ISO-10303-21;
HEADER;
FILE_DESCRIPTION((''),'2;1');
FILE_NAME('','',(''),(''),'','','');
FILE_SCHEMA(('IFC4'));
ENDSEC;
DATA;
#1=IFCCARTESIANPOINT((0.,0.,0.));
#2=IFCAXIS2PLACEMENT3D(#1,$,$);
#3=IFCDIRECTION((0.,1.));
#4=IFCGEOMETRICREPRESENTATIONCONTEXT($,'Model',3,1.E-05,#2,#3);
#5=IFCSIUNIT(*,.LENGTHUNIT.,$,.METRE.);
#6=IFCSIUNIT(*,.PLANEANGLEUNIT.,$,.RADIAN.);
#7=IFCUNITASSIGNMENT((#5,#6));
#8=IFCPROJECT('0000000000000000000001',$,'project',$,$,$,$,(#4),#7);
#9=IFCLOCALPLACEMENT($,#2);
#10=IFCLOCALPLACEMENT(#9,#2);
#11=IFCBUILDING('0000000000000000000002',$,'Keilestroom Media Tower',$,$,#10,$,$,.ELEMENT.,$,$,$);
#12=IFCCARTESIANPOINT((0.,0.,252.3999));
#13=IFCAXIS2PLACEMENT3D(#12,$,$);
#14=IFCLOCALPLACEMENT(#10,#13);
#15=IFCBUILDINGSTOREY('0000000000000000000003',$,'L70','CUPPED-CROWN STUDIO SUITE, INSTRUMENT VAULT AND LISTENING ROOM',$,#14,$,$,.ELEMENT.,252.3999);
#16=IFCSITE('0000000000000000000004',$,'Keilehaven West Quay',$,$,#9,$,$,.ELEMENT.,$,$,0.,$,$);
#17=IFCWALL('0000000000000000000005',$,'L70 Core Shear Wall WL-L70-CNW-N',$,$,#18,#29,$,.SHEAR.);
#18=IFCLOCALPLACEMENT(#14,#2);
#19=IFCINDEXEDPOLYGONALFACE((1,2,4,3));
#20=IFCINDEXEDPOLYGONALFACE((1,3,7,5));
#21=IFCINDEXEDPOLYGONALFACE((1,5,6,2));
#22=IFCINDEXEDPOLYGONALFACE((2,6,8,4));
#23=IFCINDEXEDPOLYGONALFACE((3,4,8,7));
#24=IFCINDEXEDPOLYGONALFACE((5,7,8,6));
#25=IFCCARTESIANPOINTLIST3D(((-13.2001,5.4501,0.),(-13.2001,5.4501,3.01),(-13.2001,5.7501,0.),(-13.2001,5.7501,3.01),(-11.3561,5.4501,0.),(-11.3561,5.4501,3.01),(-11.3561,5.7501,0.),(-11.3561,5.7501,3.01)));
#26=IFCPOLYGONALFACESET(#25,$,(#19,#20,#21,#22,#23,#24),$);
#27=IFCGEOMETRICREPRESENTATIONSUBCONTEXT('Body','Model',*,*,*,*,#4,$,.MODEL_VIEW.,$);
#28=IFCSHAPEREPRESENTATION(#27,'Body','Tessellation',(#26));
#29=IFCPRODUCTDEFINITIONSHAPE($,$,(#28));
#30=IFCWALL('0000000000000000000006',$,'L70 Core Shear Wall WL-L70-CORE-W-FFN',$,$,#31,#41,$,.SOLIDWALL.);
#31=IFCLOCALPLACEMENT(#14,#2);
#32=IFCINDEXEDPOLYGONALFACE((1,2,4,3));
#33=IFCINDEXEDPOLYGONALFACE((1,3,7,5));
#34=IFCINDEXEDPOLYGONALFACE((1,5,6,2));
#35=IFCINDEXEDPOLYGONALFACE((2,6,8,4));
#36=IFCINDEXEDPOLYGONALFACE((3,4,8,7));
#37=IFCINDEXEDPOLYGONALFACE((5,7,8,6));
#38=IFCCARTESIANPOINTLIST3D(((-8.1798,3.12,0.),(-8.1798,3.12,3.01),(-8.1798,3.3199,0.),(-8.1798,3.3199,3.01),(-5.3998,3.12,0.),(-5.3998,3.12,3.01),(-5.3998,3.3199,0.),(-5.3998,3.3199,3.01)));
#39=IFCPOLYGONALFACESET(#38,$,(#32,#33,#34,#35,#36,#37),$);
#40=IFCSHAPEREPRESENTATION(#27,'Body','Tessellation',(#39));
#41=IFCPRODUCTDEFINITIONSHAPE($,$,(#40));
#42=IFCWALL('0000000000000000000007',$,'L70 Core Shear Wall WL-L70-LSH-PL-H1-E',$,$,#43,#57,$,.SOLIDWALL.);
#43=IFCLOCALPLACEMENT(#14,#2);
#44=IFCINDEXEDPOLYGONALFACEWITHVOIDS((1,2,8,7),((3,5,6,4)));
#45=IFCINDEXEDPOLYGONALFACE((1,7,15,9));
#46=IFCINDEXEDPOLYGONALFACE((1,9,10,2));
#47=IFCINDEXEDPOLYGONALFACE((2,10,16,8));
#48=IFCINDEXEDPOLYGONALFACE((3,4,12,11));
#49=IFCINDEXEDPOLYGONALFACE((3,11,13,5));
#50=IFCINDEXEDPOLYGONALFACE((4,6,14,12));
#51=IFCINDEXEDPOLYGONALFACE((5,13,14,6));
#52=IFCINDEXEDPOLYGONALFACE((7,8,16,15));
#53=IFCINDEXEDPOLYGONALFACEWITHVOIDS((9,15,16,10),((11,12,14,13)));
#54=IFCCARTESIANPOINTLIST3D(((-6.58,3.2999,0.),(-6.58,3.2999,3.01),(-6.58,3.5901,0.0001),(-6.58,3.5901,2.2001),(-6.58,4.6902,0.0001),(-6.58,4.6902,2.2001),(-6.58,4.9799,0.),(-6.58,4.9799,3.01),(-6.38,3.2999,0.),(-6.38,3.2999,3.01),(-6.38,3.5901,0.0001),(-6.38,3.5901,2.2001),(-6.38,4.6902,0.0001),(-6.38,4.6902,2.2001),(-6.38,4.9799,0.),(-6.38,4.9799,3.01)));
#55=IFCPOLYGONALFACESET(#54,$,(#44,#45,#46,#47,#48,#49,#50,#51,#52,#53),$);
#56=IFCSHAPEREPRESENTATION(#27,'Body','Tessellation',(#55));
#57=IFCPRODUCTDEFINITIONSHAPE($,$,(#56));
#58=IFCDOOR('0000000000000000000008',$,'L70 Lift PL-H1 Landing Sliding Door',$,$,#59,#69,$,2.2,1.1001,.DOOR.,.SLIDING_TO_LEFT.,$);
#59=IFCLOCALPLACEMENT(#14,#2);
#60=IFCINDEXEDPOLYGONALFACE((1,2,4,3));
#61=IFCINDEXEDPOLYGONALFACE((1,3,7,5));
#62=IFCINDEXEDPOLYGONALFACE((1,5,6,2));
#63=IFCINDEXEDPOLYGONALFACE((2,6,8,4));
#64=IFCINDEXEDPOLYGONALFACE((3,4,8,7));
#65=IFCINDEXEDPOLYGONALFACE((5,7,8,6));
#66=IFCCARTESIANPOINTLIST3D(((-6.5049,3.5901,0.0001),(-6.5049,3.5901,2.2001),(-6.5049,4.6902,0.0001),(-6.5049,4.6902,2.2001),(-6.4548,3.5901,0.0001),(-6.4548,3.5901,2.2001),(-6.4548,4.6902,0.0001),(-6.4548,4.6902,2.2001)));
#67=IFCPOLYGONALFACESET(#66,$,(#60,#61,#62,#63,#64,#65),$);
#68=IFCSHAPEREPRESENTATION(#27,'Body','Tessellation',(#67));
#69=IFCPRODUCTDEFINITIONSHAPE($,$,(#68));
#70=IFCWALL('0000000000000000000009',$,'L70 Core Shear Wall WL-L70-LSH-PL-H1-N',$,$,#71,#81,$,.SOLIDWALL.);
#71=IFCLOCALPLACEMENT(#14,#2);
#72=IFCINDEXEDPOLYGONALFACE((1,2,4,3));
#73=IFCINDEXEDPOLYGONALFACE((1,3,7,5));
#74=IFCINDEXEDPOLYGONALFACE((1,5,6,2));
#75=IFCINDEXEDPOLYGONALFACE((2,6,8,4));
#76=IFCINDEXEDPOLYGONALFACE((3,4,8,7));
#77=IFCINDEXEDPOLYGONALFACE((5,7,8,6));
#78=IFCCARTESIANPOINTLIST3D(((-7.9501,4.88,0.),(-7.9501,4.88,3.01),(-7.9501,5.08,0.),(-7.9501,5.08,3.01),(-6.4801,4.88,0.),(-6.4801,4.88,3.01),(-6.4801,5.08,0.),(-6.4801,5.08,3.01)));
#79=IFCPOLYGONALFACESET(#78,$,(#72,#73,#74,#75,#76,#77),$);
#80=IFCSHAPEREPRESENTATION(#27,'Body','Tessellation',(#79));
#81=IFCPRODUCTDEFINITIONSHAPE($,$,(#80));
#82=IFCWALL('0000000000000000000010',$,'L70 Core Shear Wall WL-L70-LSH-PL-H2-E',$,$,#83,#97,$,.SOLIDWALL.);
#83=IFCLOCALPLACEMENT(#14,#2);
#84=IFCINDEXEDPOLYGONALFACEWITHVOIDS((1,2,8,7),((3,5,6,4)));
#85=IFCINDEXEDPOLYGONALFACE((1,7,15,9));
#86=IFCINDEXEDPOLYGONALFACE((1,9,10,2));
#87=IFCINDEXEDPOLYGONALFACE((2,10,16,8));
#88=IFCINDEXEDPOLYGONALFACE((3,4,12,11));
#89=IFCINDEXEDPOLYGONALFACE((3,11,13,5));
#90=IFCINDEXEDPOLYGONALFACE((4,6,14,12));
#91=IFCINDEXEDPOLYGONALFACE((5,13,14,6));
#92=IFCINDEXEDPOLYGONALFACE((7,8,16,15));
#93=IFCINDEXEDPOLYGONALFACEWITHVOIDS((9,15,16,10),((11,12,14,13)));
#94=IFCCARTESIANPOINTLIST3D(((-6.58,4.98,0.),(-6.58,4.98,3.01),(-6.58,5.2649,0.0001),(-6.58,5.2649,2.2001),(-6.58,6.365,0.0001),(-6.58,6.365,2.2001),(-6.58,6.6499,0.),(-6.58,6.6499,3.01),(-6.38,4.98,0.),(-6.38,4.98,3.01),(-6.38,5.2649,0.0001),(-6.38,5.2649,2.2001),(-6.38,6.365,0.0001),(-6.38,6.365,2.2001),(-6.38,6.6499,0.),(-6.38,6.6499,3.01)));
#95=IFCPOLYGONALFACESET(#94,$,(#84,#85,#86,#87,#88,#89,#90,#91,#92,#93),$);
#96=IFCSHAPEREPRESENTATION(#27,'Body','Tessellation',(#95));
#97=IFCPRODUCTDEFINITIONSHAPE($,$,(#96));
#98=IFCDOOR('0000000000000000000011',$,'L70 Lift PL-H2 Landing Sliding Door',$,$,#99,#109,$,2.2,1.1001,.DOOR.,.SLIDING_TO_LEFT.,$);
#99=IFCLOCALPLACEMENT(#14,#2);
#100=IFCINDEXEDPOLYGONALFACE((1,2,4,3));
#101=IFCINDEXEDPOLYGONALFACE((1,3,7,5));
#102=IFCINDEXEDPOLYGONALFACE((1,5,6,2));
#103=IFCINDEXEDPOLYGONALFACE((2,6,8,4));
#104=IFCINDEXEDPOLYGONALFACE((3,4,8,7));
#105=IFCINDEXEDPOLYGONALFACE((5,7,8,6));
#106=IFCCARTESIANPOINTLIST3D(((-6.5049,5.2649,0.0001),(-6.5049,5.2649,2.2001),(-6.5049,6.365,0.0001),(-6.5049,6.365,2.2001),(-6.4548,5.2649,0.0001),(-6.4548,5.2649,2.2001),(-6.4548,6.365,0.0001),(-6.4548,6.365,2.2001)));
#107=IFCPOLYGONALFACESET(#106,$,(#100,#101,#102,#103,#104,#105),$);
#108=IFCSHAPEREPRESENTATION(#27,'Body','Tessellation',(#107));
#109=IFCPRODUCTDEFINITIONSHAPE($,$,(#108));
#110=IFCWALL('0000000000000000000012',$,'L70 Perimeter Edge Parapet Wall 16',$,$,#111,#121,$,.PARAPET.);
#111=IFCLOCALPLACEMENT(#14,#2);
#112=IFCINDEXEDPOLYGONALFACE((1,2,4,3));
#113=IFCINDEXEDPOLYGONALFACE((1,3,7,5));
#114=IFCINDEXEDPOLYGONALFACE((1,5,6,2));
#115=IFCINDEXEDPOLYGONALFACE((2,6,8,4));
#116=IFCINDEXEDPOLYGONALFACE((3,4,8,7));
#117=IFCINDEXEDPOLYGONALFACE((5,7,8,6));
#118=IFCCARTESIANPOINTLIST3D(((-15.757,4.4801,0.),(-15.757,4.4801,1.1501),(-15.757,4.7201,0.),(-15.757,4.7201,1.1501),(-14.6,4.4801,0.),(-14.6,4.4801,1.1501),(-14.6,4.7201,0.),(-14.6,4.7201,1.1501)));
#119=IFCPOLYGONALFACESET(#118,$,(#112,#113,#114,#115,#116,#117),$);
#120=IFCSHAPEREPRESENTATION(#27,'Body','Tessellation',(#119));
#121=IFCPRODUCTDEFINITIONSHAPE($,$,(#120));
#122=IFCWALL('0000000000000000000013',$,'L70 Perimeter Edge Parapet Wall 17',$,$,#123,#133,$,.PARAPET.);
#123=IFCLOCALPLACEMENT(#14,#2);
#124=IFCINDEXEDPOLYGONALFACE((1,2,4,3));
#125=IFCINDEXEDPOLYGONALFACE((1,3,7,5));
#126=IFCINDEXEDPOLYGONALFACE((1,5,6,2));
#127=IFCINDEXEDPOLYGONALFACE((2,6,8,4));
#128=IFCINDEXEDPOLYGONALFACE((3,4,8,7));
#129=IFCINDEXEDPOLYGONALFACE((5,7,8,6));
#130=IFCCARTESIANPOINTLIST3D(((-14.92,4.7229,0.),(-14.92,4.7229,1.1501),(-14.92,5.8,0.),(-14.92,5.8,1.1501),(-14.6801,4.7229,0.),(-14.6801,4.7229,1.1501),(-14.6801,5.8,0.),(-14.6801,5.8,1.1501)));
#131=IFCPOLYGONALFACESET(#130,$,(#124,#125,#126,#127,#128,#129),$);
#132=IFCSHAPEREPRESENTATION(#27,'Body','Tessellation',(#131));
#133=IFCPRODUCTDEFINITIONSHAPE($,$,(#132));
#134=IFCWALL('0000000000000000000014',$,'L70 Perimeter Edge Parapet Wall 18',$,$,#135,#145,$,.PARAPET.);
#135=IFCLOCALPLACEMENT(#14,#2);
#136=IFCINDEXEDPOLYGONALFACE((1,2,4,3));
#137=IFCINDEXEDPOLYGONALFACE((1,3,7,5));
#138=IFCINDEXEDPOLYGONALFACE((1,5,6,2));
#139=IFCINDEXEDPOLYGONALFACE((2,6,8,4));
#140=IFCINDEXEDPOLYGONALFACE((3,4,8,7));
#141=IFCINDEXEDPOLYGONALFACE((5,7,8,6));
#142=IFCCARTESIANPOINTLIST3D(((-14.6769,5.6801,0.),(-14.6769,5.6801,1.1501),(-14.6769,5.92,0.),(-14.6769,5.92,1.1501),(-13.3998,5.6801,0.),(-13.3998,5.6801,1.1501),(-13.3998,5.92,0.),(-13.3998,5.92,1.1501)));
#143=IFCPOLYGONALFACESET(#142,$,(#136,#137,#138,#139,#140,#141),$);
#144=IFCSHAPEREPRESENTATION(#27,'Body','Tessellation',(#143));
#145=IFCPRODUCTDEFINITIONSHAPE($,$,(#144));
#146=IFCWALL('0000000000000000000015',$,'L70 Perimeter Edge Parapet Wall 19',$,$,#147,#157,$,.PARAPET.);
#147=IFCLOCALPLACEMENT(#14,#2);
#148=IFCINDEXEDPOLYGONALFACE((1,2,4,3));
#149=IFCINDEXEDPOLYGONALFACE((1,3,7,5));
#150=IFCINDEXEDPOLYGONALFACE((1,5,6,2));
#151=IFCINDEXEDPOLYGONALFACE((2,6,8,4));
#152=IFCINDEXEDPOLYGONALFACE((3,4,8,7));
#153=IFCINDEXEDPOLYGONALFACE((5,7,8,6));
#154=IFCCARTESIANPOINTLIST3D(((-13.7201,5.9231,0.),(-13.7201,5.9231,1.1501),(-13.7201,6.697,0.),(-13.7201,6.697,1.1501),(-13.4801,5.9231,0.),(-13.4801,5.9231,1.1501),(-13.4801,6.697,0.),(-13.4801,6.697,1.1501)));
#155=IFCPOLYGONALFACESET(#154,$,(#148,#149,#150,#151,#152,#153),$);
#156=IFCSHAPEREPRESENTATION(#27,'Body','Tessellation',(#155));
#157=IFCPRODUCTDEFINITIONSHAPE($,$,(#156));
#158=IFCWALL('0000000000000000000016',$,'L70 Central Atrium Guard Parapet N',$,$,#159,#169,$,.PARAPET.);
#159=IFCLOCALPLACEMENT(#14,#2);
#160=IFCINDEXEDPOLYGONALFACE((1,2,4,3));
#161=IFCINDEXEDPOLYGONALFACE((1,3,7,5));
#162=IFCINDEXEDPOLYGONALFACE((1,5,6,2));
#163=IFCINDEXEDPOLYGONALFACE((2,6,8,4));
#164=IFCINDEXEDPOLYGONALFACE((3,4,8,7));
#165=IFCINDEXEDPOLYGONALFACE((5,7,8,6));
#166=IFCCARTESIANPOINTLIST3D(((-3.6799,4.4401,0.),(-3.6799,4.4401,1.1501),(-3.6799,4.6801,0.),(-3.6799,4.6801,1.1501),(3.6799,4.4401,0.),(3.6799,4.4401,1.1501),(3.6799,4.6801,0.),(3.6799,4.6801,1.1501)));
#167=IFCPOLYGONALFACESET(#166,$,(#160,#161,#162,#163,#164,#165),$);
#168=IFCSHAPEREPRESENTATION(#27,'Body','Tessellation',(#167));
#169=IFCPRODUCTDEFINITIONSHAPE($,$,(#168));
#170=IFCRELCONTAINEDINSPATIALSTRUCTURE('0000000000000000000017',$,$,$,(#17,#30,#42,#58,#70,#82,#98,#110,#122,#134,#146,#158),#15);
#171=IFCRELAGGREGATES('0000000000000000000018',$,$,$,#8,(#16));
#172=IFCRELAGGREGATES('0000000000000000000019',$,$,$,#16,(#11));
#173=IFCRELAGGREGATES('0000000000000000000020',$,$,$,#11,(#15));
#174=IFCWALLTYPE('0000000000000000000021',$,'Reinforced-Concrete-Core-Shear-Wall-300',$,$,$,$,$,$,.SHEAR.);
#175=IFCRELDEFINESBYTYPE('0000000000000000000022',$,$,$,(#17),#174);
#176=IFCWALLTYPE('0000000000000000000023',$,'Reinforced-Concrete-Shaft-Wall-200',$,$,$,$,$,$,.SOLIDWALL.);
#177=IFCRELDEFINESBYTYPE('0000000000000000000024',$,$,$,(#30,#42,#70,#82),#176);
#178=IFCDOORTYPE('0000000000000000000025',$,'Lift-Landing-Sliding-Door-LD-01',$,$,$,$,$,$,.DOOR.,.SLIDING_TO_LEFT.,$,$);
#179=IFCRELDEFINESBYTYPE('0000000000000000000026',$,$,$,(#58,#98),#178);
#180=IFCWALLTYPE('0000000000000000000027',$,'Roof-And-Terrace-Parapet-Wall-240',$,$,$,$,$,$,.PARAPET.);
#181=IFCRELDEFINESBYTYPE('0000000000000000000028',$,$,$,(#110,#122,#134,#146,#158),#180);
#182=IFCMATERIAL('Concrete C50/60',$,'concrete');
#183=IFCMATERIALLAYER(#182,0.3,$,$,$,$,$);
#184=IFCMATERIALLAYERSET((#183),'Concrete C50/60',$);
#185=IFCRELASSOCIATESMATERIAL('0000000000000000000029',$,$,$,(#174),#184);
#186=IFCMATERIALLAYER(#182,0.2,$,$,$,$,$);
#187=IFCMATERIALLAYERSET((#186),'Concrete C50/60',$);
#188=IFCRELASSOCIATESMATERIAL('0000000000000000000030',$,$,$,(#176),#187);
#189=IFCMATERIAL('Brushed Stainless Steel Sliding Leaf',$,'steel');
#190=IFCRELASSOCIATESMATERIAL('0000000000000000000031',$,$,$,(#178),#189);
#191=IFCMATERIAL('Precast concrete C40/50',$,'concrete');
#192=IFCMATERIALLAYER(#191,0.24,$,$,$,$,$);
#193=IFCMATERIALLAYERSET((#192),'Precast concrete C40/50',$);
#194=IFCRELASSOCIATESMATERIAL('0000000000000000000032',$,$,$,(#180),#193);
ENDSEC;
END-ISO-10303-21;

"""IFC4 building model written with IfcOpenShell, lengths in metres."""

from ifc_helpers import new_model, si_unit, direction, frame, frame_2d, origin, place, context, subcontext, project, spatial, rectangle, extrude, source, transform, mapped, material, layer, layer_set, type_object, element, fill, save


model = new_model("IFC4")

# Units and contexts
model_context = context("Model", 3, precision=1e-05, world=origin(), true_north=direction((0.0, 1.0)))
body_context = subcontext(model_context, "Body", "Model", "MODEL_VIEW")
ifc_project = project(units=[si_unit("LENGTHUNIT", "METRE"), si_unit("PLANEANGLEUNIT", "RADIAN")], contexts=[model_context])

# Site, building, storey
site_placement = place(None, origin())
site = spatial("IfcSite", under=ifc_project, at=site_placement, Name="Keilehaven West Quay", CompositionType="ELEMENT", RefElevation=0.0)
building_placement = place(site_placement, origin())
building = spatial("IfcBuilding", under=site, at=building_placement, Name="Keilestroom Media Tower", CompositionType="ELEMENT")
storey_placement = place(building_placement, frame((0.0, 0.0, 252.3999)))
storey = spatial("IfcBuildingStorey", under=building, at=storey_placement, Name="L70", Description="CUPPED-CROWN STUDIO SUITE, INSTRUMENT VAULT AND LISTENING ROOM", CompositionType="ELEMENT", Elevation=252.3999)

# Shared definitions
ifc_material_1 = material(Name="Precast concrete C40/50", Category="concrete")

# Walls
ifc_material_2 = material(Name="Concrete C50/60", Category="concrete")
ifc_layer_1 = layer(ifc_material_2, 0.3)
ifc_layer_set_1 = layer_set([ifc_layer_1], Name="Concrete C50/60")
wall_type_1 = type_object("IfcWallType", Name="Reinforced-Concrete-Core-Shear-Wall-300", PredefinedType="SHEAR", material=ifc_layer_set_1)
wall_1_placement = place(storey_placement, frame((-13.2, 5.6001, 0.0), z_axis=(0.0, 0.0, 1.0), x_axis=(1.0, 0.0, 0.0)))
element("IfcWall", 1, at=wall_1_placement, inside=storey, type_object=wall_type_1, Name="L70 Core Shear Wall WL-L70-CNW-N", PredefinedType="SHEAR", context=body_context, shape_type="SweptSolid", body=[
    extrude(rectangle(XDim=1.844, YDim=0.3, at=frame_2d((0.9219, 0.0))), origin(), (0.0, 0.0, 1.0), 3.01),
])
ifc_layer_2 = layer(ifc_material_2, 0.2)
ifc_layer_set_2 = layer_set([ifc_layer_2], Name="Concrete C50/60")
wall_type_2 = type_object("IfcWallType", Name="Reinforced-Concrete-Shaft-Wall-200", PredefinedType="SOLIDWALL", material=ifc_layer_set_2)
wall_2_placement = place(storey_placement, frame((-8.1799, 3.22, 0.0), z_axis=(0.0, 0.0, 1.0), x_axis=(1.0, 0.0, 0.0)))
element("IfcWall", 2, at=wall_2_placement, inside=storey, type_object=wall_type_2, Name="L70 Core Shear Wall WL-L70-CORE-W-FFN", PredefinedType="SOLIDWALL", context=body_context, shape_type="SweptSolid", body=[
    extrude(rectangle(XDim=2.78, YDim=0.2, at=frame_2d((1.3901, 0.0))), origin(), (0.0, 0.0, 1.0), 3.01),
])

# Wall, opening, door
wall_3_placement = place(storey_placement, frame((-6.48, 3.3, 0.0), z_axis=(0.0, 0.0, 1.0), x_axis=(0.0, 1.0, 0.0)))
wall_3 = element("IfcWall", 3, at=wall_3_placement, inside=storey, type_object=wall_type_2, Name="L70 Core Shear Wall WL-L70-LSH-PL-H1-E", PredefinedType="SOLIDWALL", context=body_context, shape_type="SweptSolid", body=[
    extrude(rectangle(XDim=1.6799, YDim=0.2, at=frame_2d((0.8398, 0.0))), origin(), (0.0, 0.0, 1.0), 3.01),
])
opening_1_placement = place(wall_3_placement, frame((0.29, 0.0, 0.0)))
opening_1 = element("IfcOpeningElement", 4, at=opening_1_placement, cuts=wall_3, PredefinedType="OPENING", context=body_context, shape_type="SweptSolid", body=[
    extrude(rectangle(XDim=1.1001, YDim=2.2, at=frame_2d((0.55, 1.1001))), frame((0.0, 0.1099, 0.0), z_axis=(0.0, -1.0, 0.0), x_axis=(1.0, 0.0, 0.0)), (0.0, 0.0, 1.0), 0.22),
])
ifc_material_3 = material(Name="Brushed Stainless Steel Sliding Leaf", Category="steel")
door_type = type_object("IfcDoorType", Name="Lift-Landing-Sliding-Door-LD-01", OperationType="SLIDING_TO_LEFT", PredefinedType="DOOR", material=ifc_material_3)
shared_shape_1 = source(origin(), body_context, "Body", "SweptSolid", [
    extrude(rectangle(XDim=1.1001, YDim=2.2, at=frame_2d((0.55, 1.1001))), frame((0.0, 0.0249, 0.0), z_axis=(0.0, -1.0, 0.0), x_axis=(1.0, 0.0, 0.0)), (0.0, 0.0, 1.0), 0.05),
])
door_1_placement = place(opening_1_placement, origin())
door_1 = element("IfcDoor", 5, at=door_1_placement, inside=storey, type_object=door_type, Name="L70 Lift PL-H1 Landing Sliding Door", OperationType="SLIDING_TO_LEFT", OverallHeight=2.2, OverallWidth=1.1001, PredefinedType="DOOR", context=body_context, shape_type="MappedRepresentation", body=[
    mapped(shared_shape_1, transform((0.0, 0.0, 0.0), x_axis=(1.0, 0.0, 0.0), y_axis=(0.0, 1.0, 0.0), z_axis=(0.0, 0.0, 1.0), scale=1.0)),
])
fill(opening_1, door_1)

# Wall
wall_4_placement = place(storey_placement, frame((-7.95, 4.98, 0.0), z_axis=(0.0, 0.0, 1.0), x_axis=(1.0, 0.0, 0.0)))
element("IfcWall", 6, at=wall_4_placement, inside=storey, type_object=wall_type_2, Name="L70 Core Shear Wall WL-L70-LSH-PL-H1-N", PredefinedType="SOLIDWALL", context=body_context, shape_type="SweptSolid", body=[
    extrude(rectangle(XDim=1.47, YDim=0.2, at=frame_2d((0.7349, 0.0))), origin(), (0.0, 0.0, 1.0), 3.01),
])

# Wall, opening, door
wall_5_placement = place(storey_placement, frame((-6.48, 4.98, 0.0), z_axis=(0.0, 0.0, 1.0), x_axis=(0.0, 1.0, 0.0)))
wall_5 = element("IfcWall", 7, at=wall_5_placement, inside=storey, type_object=wall_type_2, Name="L70 Core Shear Wall WL-L70-LSH-PL-H2-E", PredefinedType="SOLIDWALL", context=body_context, shape_type="SweptSolid", body=[
    extrude(rectangle(XDim=1.6699, YDim=0.2, at=frame_2d((0.835, 0.0))), origin(), (0.0, 0.0, 1.0), 3.01),
])
opening_2_placement = place(wall_5_placement, frame((0.2849, 0.0, 0.0)))
opening_2 = element("IfcOpeningElement", 8, at=opening_2_placement, cuts=wall_5, PredefinedType="OPENING", context=body_context, shape_type="SweptSolid", body=[
    extrude(rectangle(XDim=1.1001, YDim=2.2, at=frame_2d((0.55, 1.1001))), frame((0.0, 0.1099, 0.0), z_axis=(0.0, -1.0, 0.0), x_axis=(1.0, 0.0, 0.0)), (0.0, 0.0, 1.0), 0.22),
])
door_2_placement = place(opening_2_placement, origin())
door_2 = element("IfcDoor", 9, at=door_2_placement, inside=storey, type_object=door_type, Name="L70 Lift PL-H2 Landing Sliding Door", OperationType="SLIDING_TO_LEFT", OverallHeight=2.2, OverallWidth=1.1001, PredefinedType="DOOR", context=body_context, shape_type="MappedRepresentation", body=[
    mapped(shared_shape_1, transform((0.0, 0.0, 0.0), x_axis=(1.0, 0.0, 0.0), y_axis=(0.0, 1.0, 0.0), z_axis=(0.0, 0.0, 1.0), scale=1.0)),
])
fill(opening_2, door_2)

# Walls
ifc_layer_3 = layer(ifc_material_1, 0.24)
ifc_layer_set_3 = layer_set([ifc_layer_3], Name="Precast concrete C40/50")
wall_type_3 = type_object("IfcWallType", Name="Roof-And-Terrace-Parapet-Wall-240", PredefinedType="PARAPET", material=ifc_layer_set_3)
wall_6_placement = place(storey_placement, frame((-15.7571, 4.6001, 0.0), z_axis=(0.0, 0.0, 1.0), x_axis=(1.0, 0.0, 0.0)))
element("IfcWall", 10, at=wall_6_placement, inside=storey, type_object=wall_type_3, Name="L70 Perimeter Edge Parapet Wall 16", PredefinedType="PARAPET", context=body_context, shape_type="SweptSolid", body=[
    extrude(rectangle(XDim=1.157, YDim=0.24, at=frame_2d((0.5786, 0.0))), origin(), (0.0, 0.0, 1.0), 1.1501),
])
wall_7_placement = place(storey_placement, frame((-14.8, 4.7229, 0.0), z_axis=(0.0, 0.0, 1.0), x_axis=(0.0, 1.0, 0.0)))
element("IfcWall", 11, at=wall_7_placement, inside=storey, type_object=wall_type_3, Name="L70 Perimeter Edge Parapet Wall 17", PredefinedType="PARAPET", context=body_context, shape_type="SweptSolid", body=[
    extrude(rectangle(XDim=1.0771, YDim=0.24, at=frame_2d((0.5386, 0.0))), origin(), (0.0, 0.0, 1.0), 1.1501),
])
wall_8_placement = place(storey_placement, frame((-14.677, 5.8, 0.0), z_axis=(0.0, 0.0, 1.0), x_axis=(1.0, 0.0, 0.0)))
element("IfcWall", 12, at=wall_8_placement, inside=storey, type_object=wall_type_3, Name="L70 Perimeter Edge Parapet Wall 18", PredefinedType="PARAPET", context=body_context, shape_type="SweptSolid", body=[
    extrude(rectangle(XDim=1.2771, YDim=0.24, at=frame_2d((0.6387, 0.0))), origin(), (0.0, 0.0, 1.0), 1.1501),
])
wall_9_placement = place(storey_placement, frame((-13.6001, 5.9231, 0.0), z_axis=(0.0, 0.0, 1.0), x_axis=(0.0, 1.0, 0.0)))
element("IfcWall", 13, at=wall_9_placement, inside=storey, type_object=wall_type_3, Name="L70 Perimeter Edge Parapet Wall 19", PredefinedType="PARAPET", context=body_context, shape_type="SweptSolid", body=[
    extrude(rectangle(XDim=0.7739, YDim=0.24, at=frame_2d((0.387, 0.0))), origin(), (0.0, 0.0, 1.0), 1.1501),
])
wall_10_placement = place(storey_placement, frame((-3.6799, 4.5601, 0.0), z_axis=(0.0, 0.0, 1.0), x_axis=(1.0, 0.0, 0.0)))
element("IfcWall", 14, at=wall_10_placement, inside=storey, type_object=wall_type_3, Name="L70 Central Atrium Guard Parapet N", PredefinedType="PARAPET", context=body_context, shape_type="SweptSolid", body=[
    extrude(rectangle(XDim=7.3599, YDim=0.24, at=frame_2d((3.6799, 0.0))), origin(), (0.0, 0.0, 1.0), 1.1501),
])

save(model, "model.ifc")
